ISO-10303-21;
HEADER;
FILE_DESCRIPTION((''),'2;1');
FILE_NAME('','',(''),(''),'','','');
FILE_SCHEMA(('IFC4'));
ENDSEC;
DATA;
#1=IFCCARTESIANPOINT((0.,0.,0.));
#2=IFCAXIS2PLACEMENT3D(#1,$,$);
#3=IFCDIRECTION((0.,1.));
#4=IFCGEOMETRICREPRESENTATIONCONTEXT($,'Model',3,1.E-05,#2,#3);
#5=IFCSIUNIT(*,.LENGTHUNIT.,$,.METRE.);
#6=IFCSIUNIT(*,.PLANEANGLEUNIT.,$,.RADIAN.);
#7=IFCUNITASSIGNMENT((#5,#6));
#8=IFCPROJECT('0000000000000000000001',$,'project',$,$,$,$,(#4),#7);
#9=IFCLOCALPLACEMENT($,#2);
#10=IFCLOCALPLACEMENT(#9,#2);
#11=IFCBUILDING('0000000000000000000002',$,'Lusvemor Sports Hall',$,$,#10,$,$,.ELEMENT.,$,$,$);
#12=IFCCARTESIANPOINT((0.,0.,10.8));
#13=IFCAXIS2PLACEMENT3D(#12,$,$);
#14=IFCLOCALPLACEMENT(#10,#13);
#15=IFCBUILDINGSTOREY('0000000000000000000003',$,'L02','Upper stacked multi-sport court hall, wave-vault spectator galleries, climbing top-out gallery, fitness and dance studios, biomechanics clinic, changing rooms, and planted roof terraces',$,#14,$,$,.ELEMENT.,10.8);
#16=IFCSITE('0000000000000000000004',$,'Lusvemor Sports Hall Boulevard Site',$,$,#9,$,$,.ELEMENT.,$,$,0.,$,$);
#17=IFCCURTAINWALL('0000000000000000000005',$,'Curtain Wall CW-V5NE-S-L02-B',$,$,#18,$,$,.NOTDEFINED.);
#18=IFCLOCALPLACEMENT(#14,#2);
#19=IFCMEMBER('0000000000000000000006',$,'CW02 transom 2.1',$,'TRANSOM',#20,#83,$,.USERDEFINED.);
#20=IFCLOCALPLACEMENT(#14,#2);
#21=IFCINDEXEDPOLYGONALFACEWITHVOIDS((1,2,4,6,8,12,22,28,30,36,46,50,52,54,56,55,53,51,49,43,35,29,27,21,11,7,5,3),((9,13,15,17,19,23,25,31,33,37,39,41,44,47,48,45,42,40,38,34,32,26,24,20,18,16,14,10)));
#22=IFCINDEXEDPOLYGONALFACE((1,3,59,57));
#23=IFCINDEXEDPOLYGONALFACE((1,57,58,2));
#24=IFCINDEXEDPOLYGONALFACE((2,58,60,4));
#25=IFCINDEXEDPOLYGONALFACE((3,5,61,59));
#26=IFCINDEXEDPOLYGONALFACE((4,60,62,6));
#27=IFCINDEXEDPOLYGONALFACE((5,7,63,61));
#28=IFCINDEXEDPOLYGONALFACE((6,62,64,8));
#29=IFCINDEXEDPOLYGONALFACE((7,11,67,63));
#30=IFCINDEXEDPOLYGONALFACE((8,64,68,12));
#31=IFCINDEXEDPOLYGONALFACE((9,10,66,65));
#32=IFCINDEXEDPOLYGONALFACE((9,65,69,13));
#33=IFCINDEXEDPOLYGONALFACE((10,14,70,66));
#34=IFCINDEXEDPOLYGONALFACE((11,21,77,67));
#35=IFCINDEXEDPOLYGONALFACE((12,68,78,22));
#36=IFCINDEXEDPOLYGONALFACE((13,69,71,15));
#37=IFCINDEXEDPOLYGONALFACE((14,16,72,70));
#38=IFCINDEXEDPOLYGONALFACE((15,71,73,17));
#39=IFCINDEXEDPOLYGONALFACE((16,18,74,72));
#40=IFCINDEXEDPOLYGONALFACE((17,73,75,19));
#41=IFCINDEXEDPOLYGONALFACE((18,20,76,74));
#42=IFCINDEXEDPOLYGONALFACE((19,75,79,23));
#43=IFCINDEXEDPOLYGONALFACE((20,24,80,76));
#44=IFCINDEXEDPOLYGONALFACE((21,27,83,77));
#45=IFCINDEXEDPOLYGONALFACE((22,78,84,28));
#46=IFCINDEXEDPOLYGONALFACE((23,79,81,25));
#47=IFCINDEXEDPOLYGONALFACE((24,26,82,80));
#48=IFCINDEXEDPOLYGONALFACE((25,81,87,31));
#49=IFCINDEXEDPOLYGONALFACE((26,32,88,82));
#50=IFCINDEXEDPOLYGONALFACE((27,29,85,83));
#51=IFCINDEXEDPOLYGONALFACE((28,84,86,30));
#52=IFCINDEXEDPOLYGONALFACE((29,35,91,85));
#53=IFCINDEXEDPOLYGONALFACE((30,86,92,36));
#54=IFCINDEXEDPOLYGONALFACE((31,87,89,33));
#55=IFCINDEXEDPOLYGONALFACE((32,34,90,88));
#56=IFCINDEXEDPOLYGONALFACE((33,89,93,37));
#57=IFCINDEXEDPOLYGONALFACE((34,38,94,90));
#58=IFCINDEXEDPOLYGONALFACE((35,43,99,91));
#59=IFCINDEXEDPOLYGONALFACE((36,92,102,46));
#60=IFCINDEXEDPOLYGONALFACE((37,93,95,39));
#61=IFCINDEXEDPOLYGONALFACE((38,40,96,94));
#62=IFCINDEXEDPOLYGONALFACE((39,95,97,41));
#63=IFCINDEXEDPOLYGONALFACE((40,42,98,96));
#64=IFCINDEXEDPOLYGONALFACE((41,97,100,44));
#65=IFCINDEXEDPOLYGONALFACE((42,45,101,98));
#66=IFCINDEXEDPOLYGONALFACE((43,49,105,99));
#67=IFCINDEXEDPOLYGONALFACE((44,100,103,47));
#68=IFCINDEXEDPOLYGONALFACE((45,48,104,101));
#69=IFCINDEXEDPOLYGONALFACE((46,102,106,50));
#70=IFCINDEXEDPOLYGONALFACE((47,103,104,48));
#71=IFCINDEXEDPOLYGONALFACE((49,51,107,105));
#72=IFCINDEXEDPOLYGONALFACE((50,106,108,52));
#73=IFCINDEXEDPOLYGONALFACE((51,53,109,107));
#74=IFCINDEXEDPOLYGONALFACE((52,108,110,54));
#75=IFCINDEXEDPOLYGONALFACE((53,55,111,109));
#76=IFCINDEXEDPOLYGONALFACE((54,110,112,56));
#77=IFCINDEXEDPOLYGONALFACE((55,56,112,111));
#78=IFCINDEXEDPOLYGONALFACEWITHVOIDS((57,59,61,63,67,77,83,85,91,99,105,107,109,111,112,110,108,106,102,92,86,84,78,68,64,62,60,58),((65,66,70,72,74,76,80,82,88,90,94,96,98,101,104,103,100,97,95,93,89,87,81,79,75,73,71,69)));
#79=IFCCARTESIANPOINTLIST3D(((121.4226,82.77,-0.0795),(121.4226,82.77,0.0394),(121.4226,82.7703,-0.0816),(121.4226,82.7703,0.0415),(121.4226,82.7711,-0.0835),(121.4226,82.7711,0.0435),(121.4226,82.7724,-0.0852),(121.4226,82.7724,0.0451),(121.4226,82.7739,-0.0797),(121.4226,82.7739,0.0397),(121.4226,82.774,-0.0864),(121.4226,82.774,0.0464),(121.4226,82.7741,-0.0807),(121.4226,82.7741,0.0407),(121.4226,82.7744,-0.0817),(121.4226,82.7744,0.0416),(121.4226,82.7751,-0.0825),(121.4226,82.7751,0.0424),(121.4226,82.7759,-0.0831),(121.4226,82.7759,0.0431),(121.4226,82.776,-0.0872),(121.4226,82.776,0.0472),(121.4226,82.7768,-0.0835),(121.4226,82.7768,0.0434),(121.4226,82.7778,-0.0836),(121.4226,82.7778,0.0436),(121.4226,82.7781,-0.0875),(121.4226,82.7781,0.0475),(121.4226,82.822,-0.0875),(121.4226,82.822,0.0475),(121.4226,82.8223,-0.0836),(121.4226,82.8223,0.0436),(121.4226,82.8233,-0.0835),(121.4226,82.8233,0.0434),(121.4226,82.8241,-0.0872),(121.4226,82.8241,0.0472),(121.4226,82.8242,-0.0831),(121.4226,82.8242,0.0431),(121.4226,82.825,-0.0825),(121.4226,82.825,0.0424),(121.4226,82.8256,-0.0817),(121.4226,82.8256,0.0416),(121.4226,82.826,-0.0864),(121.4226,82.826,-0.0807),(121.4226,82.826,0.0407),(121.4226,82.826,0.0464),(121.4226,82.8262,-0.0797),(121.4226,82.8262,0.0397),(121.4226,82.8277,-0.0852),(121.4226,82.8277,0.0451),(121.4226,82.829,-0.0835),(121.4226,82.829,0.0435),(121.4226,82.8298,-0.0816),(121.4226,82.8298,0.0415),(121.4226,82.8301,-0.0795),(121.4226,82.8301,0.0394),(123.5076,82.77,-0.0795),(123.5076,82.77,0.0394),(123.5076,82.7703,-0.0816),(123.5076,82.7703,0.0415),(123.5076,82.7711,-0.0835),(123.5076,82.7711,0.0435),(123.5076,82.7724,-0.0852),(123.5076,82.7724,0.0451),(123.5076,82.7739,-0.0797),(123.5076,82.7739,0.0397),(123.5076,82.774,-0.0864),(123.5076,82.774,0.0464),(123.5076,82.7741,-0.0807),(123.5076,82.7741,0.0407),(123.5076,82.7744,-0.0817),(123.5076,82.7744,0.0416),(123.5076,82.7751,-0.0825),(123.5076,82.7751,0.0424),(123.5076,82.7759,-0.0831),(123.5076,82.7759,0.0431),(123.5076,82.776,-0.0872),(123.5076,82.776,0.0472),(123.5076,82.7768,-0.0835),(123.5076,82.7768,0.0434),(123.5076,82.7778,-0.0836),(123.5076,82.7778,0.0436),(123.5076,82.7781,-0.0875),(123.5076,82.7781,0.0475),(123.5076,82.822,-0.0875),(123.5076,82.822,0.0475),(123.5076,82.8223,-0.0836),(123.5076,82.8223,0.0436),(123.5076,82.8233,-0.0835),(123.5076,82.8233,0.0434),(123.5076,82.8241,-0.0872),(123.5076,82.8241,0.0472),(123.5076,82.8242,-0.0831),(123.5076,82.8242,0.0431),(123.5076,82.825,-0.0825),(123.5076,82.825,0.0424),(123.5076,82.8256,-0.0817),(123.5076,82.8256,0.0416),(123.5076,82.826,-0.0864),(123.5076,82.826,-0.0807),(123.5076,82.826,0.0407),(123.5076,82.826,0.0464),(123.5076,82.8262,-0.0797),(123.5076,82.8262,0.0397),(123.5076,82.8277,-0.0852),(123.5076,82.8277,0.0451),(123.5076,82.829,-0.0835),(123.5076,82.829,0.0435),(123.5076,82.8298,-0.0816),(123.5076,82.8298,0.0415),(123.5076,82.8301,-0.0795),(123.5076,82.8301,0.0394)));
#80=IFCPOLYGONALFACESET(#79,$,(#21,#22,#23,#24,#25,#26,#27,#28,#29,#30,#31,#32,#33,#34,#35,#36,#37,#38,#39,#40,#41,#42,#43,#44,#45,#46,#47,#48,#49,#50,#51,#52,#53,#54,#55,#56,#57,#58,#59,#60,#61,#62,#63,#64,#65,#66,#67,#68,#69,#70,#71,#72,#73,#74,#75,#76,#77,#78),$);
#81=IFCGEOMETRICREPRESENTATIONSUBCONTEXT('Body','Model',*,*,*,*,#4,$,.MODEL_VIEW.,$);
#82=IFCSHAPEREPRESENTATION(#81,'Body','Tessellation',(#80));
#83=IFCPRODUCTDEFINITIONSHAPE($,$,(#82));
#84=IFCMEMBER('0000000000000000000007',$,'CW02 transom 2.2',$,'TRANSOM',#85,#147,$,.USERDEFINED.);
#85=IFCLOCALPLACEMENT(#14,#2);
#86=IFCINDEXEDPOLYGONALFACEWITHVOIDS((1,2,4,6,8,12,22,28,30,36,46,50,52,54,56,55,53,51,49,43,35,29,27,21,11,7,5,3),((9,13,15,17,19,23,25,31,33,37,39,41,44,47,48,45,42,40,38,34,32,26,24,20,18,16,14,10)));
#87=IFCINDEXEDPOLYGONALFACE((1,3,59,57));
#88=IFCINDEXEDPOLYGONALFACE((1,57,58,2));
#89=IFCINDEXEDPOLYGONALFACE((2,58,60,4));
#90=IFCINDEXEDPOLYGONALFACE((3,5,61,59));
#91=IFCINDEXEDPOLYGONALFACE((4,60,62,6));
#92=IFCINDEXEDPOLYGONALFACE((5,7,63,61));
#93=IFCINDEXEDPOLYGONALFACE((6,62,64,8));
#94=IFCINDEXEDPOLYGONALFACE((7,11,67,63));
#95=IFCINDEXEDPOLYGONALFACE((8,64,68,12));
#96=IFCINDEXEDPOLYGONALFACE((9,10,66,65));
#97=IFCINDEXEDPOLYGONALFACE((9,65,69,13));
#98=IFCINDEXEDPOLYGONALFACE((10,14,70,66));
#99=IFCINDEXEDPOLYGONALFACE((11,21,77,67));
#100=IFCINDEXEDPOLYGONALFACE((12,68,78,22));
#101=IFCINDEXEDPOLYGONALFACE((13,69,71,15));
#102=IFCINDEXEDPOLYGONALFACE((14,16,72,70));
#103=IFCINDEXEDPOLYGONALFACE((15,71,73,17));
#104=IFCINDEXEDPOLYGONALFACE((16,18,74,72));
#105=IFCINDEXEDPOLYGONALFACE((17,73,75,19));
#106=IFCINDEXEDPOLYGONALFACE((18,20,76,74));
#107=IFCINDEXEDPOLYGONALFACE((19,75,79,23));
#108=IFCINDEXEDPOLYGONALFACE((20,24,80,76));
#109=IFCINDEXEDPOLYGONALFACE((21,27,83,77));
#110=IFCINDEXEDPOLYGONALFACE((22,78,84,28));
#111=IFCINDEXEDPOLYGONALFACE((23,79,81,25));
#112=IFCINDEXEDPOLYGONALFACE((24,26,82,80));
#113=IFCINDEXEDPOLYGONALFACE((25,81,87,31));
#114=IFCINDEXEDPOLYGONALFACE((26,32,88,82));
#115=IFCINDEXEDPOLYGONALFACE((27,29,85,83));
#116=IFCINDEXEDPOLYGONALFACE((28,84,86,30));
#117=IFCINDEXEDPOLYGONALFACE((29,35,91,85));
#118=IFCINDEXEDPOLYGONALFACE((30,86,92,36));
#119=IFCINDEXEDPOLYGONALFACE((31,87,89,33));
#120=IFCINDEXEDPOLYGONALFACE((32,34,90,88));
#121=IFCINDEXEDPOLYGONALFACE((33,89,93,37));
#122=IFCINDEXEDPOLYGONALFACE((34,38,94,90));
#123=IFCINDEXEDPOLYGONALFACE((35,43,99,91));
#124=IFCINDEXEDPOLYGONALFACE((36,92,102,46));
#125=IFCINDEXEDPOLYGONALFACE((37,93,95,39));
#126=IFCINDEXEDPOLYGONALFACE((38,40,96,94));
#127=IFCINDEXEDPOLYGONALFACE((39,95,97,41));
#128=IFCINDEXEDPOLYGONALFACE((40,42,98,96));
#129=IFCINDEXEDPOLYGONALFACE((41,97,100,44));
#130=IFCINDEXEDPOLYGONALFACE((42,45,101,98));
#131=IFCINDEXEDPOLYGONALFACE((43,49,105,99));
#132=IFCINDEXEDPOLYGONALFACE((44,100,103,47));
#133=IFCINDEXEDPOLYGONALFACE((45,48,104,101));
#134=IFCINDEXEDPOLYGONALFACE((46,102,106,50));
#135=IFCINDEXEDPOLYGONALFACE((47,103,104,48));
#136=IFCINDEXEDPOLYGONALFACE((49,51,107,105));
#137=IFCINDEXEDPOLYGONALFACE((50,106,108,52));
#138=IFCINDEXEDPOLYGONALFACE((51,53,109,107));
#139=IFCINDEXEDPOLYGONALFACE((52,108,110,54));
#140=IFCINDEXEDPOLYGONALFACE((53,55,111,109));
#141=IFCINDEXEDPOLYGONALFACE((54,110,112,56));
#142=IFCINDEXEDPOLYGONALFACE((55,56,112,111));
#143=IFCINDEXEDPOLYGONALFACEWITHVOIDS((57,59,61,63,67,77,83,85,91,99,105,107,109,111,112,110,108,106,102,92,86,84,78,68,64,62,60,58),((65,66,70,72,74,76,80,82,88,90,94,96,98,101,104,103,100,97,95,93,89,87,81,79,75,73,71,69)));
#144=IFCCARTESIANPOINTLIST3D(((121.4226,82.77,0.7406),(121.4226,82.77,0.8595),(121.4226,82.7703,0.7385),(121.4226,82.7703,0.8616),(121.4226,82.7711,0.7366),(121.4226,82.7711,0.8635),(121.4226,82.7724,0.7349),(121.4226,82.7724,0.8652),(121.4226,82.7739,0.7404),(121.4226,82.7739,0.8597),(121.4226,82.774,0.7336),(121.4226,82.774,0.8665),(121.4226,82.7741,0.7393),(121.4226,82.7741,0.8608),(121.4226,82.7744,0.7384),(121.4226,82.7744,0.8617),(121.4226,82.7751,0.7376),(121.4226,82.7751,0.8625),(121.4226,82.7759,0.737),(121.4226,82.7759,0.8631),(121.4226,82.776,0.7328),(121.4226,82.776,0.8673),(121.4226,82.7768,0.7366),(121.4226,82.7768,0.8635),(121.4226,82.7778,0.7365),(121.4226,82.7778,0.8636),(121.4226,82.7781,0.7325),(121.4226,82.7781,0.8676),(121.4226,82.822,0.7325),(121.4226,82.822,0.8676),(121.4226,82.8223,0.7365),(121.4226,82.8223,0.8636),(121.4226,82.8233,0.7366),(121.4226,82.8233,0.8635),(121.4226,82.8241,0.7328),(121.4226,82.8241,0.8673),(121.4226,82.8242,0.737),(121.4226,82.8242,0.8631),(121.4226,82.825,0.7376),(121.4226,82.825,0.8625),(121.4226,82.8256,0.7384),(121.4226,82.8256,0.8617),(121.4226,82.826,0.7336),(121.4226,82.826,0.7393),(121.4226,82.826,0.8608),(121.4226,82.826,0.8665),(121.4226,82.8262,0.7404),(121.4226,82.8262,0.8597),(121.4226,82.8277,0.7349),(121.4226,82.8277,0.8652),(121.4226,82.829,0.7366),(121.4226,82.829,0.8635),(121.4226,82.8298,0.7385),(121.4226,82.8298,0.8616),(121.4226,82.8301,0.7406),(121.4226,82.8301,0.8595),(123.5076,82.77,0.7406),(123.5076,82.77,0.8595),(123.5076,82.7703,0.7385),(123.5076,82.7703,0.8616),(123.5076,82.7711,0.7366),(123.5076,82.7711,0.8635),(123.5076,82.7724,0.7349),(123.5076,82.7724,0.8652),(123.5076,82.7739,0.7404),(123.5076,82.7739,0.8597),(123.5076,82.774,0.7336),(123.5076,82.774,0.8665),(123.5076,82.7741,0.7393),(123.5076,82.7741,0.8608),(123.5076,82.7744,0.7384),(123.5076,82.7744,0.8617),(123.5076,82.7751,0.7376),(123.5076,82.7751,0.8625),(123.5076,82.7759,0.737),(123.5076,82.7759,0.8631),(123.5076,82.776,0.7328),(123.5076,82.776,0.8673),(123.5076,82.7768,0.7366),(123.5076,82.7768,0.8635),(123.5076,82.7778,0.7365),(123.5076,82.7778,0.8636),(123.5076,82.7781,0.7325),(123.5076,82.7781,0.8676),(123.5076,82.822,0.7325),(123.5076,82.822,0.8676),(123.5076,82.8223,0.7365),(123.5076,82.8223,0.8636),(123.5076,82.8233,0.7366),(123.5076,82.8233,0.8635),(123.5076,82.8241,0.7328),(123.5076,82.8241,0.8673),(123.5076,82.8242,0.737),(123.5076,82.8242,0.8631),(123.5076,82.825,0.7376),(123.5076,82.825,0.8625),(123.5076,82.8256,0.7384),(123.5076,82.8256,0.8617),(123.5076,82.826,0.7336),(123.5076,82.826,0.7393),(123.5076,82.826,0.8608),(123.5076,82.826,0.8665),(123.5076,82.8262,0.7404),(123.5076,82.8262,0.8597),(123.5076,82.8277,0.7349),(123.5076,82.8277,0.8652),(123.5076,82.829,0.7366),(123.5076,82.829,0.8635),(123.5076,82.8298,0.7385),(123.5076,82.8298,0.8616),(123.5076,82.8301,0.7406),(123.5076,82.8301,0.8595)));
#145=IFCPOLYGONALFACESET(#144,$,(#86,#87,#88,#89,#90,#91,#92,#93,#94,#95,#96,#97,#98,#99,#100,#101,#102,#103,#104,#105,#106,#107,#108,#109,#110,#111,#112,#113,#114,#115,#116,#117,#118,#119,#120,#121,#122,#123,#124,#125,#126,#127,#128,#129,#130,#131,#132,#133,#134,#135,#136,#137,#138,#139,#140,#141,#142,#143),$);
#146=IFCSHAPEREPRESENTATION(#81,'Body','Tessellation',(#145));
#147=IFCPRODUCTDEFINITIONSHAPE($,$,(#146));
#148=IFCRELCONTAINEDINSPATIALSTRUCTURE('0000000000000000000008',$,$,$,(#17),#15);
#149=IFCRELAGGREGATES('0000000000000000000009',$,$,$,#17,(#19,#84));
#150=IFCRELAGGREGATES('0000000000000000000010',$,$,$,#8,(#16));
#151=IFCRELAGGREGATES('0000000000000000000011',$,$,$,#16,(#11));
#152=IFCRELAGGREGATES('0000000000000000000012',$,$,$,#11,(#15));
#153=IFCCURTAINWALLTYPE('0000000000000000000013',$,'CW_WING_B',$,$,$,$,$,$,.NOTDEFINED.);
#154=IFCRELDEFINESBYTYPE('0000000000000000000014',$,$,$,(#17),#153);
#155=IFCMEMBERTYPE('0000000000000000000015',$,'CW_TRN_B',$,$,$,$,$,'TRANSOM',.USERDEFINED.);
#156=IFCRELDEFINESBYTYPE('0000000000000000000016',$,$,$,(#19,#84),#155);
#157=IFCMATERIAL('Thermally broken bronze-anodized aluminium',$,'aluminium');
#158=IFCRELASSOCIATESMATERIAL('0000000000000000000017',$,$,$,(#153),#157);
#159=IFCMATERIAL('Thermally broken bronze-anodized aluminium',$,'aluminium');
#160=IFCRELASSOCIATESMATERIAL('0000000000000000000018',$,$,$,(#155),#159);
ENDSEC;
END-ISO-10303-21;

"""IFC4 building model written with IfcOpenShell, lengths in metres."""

from ifc_helpers import new_model, si_unit, direction, frame, origin, origin_2d, place, context, subcontext, project, spatial, hollow_rectangle, extrude, material, material_profile, profile_set, type_object, element, aggregate, save


model = new_model("IFC4")

# Units and contexts
model_context = context("Model", 3, precision=1e-05, world=origin(), true_north=direction((0.0, 1.0)))
body_context = subcontext(model_context, "Body", "Model", "MODEL_VIEW")
ifc_project = project(units=[si_unit("LENGTHUNIT", "METRE"), si_unit("PLANEANGLEUNIT", "RADIAN")], contexts=[model_context])

# Site, building, storey
site_placement = place(None, origin())
site = spatial("IfcSite", under=ifc_project, at=site_placement, Name="Lusvemor Sports Hall Boulevard Site", CompositionType="ELEMENT", RefElevation=0.0)
building_placement = place(site_placement, origin())
building = spatial("IfcBuilding", under=site, at=building_placement, Name="Lusvemor Sports Hall", CompositionType="ELEMENT")
storey_placement = place(building_placement, frame((0.0, 0.0, 10.8)))
storey = spatial("IfcBuildingStorey", under=building, at=storey_placement, Name="L02", Description="Upper stacked multi-sport court hall, wave-vault spectator galleries, climbing top-out gallery, fitness and dance studios, biomechanics clinic, changing rooms, and planted roof terraces", CompositionType="ELEMENT", Elevation=10.8)

# Curtain wall, members
ifc_material_1 = material(Name="Thermally broken bronze-anodized aluminium", Category="aluminium")
curtain_wall_type = type_object("IfcCurtainWallType", Name="CW_WING_B", PredefinedType="NOTDEFINED", material=ifc_material_1)
curtain_wall_placement = place(storey_placement, origin())
curtain_wall = element("IfcCurtainWall", 1, at=curtain_wall_placement, inside=storey, type_object=curtain_wall_type, Name="Curtain Wall CW-V5NE-S-L02-B", PredefinedType="NOTDEFINED")
ifc_material_2 = material(Name="Thermally broken bronze-anodized aluminium", Category="aluminium")
ifc_material_profile_1 = material_profile(ifc_material_2, hollow_rectangle(XDim=0.0601, YDim=0.135, WallThickness=0.0039, InnerFilletRadius=0.0039, OuterFilletRadius=0.0081, at=origin_2d()), Name="CWTRN135x60x4")
ifc_profile_set_1 = profile_set([ifc_material_profile_1], Name="Thermally broken bronze-anodized aluminium")
member_type_1 = type_object("IfcMemberType", Name="CW_TRN_B", ElementType="TRANSOM", PredefinedType="USERDEFINED", material=ifc_profile_set_1)
member_1_placement = place(storey_placement, frame((123.5076, 82.8, -0.02), z_axis=(-1.0, 0.0, 0.0), x_axis=(0.0, -1.0, 0.0)))
member_1 = element("IfcMember", 2, at=member_1_placement, type_object=member_type_1, Name="CW02 transom 2.1", ObjectType="TRANSOM", PredefinedType="USERDEFINED", context=body_context, shape_type="SweptSolid", body=[
    extrude(hollow_rectangle(XDim=0.0601, YDim=0.135, WallThickness=0.0039, InnerFilletRadius=0.0039, OuterFilletRadius=0.0081, at=origin_2d()), origin(), (0.0, 0.0, 1.0), 2.085),
])
member_2_placement = place(storey_placement, frame((123.5076, 82.8, 0.8), z_axis=(-1.0, 0.0, 0.0), x_axis=(0.0, -1.0, 0.0)))
member_2 = element("IfcMember", 3, at=member_2_placement, type_object=member_type_1, Name="CW02 transom 2.2", ObjectType="TRANSOM", PredefinedType="USERDEFINED", context=body_context, shape_type="SweptSolid", body=[
    extrude(hollow_rectangle(XDim=0.0601, YDim=0.135, WallThickness=0.0039, InnerFilletRadius=0.0039, OuterFilletRadius=0.0081, at=origin_2d()), origin(), (0.0, 0.0, 1.0), 2.085),
])
aggregate(curtain_wall, [member_1, member_2])

save(model, "model.ifc")
